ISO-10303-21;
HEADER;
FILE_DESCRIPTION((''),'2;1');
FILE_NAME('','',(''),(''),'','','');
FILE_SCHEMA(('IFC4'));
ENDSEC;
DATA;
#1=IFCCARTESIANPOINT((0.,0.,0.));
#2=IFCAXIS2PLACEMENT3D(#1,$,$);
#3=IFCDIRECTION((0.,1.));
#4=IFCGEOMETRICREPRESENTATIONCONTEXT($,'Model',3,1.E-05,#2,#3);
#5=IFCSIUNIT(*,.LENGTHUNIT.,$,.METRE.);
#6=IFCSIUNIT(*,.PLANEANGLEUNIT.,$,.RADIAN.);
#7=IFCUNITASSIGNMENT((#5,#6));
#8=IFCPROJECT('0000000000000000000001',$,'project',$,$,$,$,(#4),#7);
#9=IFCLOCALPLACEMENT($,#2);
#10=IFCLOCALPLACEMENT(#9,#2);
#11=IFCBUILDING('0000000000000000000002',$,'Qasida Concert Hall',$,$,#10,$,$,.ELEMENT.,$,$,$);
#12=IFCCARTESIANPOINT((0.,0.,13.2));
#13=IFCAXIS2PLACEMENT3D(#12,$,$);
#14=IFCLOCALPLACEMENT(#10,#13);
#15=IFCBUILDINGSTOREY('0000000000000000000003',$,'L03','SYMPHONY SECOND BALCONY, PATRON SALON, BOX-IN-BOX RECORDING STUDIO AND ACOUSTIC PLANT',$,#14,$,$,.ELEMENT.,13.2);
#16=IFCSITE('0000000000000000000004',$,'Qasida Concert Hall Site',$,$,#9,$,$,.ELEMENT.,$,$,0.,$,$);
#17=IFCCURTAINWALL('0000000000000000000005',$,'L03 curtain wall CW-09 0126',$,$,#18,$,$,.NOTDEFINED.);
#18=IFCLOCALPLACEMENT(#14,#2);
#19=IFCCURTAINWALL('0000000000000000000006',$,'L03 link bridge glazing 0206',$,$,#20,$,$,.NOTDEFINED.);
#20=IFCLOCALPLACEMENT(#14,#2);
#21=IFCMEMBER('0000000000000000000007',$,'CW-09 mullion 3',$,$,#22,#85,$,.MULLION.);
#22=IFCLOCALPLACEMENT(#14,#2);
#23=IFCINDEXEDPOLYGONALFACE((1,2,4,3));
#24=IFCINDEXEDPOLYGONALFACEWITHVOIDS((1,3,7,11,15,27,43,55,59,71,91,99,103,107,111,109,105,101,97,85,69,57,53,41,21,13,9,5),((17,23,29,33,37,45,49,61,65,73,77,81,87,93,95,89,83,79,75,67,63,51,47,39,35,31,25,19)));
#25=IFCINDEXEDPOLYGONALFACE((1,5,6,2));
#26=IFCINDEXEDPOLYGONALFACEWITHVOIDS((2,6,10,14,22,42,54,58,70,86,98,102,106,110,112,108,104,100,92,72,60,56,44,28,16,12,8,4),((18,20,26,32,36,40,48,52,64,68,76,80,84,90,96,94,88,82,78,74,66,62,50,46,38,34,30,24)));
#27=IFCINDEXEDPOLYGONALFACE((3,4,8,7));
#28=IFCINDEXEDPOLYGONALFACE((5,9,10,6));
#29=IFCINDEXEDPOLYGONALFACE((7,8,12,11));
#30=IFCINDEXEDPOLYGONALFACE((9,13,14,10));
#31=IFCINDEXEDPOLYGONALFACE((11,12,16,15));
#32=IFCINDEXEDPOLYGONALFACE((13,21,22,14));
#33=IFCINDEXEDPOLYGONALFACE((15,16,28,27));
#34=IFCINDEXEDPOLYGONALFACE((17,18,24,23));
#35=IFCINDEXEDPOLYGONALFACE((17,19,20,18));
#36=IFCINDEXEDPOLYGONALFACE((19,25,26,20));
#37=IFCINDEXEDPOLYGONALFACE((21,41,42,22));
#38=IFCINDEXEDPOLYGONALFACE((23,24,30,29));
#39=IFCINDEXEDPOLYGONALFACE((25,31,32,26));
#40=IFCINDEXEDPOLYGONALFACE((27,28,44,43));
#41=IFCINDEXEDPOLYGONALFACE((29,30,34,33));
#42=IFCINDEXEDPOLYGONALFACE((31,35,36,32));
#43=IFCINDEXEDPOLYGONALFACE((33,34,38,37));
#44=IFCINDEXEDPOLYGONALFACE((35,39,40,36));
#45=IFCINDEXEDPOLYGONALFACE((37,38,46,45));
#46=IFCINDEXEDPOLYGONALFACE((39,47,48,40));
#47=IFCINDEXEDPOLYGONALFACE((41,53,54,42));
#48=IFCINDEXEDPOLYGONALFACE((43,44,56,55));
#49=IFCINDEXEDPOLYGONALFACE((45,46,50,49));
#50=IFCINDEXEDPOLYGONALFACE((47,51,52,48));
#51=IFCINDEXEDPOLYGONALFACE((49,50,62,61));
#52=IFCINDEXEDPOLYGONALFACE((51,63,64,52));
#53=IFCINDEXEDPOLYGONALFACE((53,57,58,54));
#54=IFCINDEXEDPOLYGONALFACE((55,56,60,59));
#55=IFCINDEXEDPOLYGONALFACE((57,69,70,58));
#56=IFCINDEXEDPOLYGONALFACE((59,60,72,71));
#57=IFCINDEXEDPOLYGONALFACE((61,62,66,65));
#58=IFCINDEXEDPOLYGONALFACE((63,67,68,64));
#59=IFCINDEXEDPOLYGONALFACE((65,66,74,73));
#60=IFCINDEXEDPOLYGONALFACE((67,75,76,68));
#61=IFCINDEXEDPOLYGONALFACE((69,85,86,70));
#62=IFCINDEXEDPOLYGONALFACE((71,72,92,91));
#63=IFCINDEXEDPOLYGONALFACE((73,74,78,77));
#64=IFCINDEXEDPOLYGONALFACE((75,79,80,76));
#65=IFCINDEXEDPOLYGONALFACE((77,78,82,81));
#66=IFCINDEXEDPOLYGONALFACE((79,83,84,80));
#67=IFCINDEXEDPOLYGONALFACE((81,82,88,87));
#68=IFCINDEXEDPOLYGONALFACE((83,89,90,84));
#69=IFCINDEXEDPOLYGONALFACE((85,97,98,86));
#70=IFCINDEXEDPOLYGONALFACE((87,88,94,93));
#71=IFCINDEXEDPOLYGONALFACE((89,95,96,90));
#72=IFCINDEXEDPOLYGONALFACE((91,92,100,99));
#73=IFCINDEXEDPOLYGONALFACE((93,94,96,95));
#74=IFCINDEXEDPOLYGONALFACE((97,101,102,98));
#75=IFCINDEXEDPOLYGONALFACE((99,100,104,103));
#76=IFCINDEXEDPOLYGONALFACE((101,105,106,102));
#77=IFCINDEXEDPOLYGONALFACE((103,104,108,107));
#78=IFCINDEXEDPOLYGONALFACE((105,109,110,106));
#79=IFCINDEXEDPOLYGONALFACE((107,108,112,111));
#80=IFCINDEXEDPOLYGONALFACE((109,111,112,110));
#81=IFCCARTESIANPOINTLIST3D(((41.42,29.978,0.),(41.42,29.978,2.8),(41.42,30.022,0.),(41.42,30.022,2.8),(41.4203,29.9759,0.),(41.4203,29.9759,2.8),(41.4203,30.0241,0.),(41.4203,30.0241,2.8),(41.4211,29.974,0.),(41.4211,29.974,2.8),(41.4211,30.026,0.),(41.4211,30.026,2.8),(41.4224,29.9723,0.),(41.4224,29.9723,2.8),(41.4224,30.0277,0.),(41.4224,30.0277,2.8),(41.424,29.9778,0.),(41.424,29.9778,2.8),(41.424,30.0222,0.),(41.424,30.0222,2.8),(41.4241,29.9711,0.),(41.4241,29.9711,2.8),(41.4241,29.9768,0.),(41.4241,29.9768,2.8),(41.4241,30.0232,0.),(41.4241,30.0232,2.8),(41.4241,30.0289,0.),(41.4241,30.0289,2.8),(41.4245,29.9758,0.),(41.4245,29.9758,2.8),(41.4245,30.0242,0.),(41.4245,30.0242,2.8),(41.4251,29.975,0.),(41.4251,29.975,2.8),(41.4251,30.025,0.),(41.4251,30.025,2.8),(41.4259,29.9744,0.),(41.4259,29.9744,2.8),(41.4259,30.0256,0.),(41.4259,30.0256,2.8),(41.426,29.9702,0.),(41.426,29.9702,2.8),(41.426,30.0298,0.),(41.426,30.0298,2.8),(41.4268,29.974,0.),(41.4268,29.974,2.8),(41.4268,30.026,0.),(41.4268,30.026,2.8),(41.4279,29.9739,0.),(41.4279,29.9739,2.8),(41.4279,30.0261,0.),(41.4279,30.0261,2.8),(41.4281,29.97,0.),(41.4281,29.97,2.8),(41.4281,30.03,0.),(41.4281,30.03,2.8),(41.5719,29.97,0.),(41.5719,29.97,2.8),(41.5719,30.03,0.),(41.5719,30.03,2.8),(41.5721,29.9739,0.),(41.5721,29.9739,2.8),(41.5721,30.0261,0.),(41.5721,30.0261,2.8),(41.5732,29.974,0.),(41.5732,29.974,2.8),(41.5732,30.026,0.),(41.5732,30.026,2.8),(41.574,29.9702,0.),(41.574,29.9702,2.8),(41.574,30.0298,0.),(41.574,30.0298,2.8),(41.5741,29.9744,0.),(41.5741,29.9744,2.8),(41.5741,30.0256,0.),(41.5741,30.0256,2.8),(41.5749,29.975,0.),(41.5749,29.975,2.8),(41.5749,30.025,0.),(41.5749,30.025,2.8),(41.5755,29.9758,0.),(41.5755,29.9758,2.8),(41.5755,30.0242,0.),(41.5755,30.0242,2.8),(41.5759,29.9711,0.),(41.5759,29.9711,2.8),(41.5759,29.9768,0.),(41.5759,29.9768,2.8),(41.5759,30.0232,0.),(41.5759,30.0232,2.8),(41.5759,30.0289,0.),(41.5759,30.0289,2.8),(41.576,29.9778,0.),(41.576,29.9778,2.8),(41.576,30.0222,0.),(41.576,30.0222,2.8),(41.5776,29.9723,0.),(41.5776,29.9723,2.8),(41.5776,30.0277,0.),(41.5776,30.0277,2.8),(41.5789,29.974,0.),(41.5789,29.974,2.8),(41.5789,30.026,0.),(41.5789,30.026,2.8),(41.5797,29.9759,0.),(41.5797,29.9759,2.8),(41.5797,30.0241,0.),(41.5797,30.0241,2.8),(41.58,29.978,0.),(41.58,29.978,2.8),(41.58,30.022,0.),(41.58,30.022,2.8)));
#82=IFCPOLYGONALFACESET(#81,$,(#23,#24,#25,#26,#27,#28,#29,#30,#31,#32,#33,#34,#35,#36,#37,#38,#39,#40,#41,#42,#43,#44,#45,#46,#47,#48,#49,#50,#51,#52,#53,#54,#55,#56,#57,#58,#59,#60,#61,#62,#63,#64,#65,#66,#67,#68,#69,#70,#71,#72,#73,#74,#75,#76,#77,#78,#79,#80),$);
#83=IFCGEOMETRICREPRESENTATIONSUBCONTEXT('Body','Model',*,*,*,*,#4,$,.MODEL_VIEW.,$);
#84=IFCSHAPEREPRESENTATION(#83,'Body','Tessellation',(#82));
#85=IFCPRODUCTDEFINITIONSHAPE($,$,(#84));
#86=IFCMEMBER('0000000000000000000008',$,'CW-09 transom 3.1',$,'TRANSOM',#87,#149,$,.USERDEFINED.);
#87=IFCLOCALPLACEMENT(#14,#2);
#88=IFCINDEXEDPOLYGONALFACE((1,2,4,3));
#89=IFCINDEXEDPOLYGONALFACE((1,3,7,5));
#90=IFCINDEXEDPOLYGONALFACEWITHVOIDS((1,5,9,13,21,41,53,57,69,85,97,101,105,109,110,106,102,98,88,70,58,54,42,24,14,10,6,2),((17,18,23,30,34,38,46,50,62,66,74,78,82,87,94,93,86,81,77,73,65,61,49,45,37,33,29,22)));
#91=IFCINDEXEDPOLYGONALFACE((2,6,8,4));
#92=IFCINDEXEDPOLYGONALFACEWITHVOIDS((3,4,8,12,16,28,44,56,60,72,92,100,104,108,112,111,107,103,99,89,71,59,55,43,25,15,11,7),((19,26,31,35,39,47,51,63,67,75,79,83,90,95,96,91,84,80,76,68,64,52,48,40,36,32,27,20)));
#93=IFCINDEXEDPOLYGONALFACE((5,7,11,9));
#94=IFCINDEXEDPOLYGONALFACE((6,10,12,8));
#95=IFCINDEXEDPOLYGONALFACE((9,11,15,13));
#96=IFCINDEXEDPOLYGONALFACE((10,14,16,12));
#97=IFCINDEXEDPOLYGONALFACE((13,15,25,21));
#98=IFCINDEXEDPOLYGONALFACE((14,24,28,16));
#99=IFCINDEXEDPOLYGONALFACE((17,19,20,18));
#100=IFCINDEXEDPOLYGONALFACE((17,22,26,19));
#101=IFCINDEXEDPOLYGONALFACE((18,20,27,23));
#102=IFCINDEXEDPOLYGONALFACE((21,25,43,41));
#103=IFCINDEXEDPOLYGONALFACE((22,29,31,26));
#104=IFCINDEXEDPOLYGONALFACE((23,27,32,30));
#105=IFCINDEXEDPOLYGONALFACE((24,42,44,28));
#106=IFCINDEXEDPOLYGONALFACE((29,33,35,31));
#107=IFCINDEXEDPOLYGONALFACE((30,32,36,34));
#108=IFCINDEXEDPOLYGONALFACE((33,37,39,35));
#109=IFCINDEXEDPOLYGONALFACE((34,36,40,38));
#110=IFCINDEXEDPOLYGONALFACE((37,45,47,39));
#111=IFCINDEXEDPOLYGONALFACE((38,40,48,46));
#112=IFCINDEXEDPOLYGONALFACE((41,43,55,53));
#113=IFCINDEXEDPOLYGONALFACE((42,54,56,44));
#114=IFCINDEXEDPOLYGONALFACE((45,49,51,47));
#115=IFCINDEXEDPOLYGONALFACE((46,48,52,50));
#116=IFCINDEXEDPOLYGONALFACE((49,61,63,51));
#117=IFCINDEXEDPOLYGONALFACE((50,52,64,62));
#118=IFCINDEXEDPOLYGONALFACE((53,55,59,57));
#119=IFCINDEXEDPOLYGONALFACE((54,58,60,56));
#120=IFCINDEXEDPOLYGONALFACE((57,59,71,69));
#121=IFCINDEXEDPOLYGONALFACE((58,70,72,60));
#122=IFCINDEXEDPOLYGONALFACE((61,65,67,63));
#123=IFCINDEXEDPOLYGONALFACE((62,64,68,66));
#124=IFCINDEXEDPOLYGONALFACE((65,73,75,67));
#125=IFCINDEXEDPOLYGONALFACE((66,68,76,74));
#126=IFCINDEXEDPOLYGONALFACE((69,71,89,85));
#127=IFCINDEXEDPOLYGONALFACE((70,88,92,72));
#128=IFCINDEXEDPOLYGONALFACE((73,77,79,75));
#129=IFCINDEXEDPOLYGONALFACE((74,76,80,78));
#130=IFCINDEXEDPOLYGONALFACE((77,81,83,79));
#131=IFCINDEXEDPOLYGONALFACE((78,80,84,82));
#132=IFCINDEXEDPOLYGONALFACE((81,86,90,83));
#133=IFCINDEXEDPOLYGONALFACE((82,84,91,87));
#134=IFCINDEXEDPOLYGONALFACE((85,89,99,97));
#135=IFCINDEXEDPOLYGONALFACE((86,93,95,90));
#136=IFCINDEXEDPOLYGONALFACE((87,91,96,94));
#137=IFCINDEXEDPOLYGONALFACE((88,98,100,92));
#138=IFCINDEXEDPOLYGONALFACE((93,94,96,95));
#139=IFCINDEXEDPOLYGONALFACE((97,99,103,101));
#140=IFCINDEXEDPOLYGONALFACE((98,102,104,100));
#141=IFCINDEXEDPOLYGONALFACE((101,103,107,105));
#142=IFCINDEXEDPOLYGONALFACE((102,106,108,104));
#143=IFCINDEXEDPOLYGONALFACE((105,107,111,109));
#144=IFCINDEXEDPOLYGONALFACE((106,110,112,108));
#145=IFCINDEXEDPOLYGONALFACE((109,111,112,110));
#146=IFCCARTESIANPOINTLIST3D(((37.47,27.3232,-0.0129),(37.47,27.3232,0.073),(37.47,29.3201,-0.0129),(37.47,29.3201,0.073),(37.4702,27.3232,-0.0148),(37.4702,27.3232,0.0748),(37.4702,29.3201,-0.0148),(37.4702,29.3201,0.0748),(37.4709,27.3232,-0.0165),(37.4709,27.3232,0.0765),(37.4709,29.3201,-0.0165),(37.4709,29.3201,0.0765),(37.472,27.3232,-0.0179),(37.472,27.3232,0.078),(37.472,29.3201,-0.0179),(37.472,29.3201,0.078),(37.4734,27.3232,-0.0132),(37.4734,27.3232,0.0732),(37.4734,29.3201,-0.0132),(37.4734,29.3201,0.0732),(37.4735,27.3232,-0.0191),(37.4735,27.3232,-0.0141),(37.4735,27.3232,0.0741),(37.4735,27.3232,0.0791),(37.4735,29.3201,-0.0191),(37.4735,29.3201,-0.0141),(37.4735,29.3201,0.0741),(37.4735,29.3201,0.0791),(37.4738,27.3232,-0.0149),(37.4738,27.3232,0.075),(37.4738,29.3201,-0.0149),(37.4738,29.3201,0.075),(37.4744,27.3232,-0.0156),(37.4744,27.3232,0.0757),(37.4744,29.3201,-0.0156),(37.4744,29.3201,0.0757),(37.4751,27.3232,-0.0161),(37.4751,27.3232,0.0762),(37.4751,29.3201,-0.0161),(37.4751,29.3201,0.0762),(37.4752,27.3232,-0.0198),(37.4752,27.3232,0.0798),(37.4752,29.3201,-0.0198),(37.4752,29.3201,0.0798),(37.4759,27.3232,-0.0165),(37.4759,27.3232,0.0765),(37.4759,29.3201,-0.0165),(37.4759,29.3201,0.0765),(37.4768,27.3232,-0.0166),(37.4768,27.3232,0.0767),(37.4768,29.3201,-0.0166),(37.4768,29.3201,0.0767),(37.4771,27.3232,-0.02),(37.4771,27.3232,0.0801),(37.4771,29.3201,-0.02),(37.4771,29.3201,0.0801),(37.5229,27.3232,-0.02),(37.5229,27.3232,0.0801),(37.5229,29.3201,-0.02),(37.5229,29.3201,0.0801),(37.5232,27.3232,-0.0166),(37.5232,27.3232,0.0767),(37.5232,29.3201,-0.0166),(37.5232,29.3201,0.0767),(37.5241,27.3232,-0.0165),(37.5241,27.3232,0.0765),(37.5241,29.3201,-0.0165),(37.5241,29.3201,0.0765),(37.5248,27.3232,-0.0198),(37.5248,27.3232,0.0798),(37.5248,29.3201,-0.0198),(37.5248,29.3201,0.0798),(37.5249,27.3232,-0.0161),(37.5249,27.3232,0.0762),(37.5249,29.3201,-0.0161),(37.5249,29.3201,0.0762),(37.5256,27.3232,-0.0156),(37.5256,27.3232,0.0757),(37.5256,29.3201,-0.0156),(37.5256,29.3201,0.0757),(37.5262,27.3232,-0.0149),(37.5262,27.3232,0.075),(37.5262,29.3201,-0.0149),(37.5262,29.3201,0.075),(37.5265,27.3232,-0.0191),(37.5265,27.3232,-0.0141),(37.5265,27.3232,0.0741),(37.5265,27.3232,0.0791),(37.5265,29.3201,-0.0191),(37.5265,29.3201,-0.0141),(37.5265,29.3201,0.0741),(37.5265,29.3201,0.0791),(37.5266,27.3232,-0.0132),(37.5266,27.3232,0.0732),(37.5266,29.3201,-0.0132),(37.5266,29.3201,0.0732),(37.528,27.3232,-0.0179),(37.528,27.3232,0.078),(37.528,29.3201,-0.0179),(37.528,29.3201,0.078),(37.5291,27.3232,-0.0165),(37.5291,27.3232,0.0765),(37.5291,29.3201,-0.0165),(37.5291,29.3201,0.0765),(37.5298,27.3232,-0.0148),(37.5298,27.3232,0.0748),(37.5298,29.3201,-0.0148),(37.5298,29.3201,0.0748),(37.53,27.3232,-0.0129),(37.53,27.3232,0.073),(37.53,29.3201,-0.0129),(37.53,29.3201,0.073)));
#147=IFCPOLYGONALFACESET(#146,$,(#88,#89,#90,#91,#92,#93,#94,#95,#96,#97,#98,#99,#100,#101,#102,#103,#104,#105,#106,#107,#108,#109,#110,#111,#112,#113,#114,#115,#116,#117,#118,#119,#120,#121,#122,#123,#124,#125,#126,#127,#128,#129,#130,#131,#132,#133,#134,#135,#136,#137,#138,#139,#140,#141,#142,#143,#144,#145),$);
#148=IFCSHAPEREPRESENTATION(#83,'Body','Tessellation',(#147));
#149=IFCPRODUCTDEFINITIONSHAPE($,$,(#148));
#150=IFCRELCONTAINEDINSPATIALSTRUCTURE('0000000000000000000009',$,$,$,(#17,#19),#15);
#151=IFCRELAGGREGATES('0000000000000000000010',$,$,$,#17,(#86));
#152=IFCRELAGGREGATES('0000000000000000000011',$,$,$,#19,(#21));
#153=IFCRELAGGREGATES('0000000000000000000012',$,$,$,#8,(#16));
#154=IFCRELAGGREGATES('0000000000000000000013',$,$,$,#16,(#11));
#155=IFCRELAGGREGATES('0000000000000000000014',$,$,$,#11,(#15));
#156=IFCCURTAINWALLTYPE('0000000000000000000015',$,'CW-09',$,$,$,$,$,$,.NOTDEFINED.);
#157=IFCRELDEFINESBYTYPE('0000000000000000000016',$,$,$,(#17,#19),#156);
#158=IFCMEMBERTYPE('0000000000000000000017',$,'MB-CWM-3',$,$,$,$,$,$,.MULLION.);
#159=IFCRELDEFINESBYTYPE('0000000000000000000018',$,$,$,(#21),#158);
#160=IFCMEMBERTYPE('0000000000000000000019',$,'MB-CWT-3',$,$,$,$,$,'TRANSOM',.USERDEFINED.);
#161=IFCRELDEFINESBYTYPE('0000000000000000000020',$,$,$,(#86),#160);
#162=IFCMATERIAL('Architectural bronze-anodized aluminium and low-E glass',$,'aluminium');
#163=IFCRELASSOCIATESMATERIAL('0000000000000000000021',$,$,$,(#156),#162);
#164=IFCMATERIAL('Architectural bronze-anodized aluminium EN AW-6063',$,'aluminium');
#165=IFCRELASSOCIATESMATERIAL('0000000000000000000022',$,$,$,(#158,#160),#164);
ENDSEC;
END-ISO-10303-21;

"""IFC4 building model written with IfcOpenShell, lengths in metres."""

from ifc_helpers import new_model, si_unit, direction, frame, origin, origin_2d, place, context, subcontext, project, spatial, hollow_rectangle, extrude, material, material_profile, profile_set, type_object, element, aggregate, save


model = new_model("IFC4")

# Units and contexts
model_context = context("Model", 3, precision=1e-05, world=origin(), true_north=direction((0.0, 1.0)))
body_context = subcontext(model_context, "Body", "Model", "MODEL_VIEW")
ifc_project = project(units=[si_unit("LENGTHUNIT", "METRE"), si_unit("PLANEANGLEUNIT", "RADIAN")], contexts=[model_context])

# Site, building, storey
site_placement = place(None, origin())
site = spatial("IfcSite", under=ifc_project, at=site_placement, Name="Qasida Concert Hall Site", CompositionType="ELEMENT", RefElevation=0.0)
building_placement = place(site_placement, origin())
building = spatial("IfcBuilding", under=site, at=building_placement, Name="Qasida Concert Hall", CompositionType="ELEMENT")
storey_placement = place(building_placement, frame((0.0, 0.0, 13.2)))
storey = spatial("IfcBuildingStorey", under=building, at=storey_placement, Name="L03", Description="SYMPHONY SECOND BALCONY, PATRON SALON, BOX-IN-BOX RECORDING STUDIO AND ACOUSTIC PLANT", CompositionType="ELEMENT", Elevation=13.2)

# Curtain walls, member
ifc_material_1 = material(Name="Architectural bronze-anodized aluminium and low-E glass", Category="aluminium")
curtain_wall_type = type_object("IfcCurtainWallType", Name="CW-09", PredefinedType="NOTDEFINED", material=ifc_material_1)
curtain_wall_1_placement = place(storey_placement, origin())
curtain_wall_1 = element("IfcCurtainWall", 1, at=curtain_wall_1_placement, inside=storey, type_object=curtain_wall_type, Name="L03 curtain wall CW-09 0126", PredefinedType="NOTDEFINED")
ifc_material_2 = material(Name="Architectural bronze-anodized aluminium EN AW-6063", Category="aluminium")
ifc_material_profile_1 = material_profile(ifc_material_2, hollow_rectangle(XDim=0.0601, YDim=0.1599, WallThickness=0.0039, InnerFilletRadius=0.0039, OuterFilletRadius=0.0081, at=origin_2d()), Name="CWM 160x60x4")
ifc_profile_set_1 = profile_set([ifc_material_profile_1], Name="Architectural bronze-anodized aluminium EN AW-6063")
member_type_1 = type_object("IfcMemberType", Name="MB-CWM-3", PredefinedType="MULLION", material=ifc_profile_set_1)
curtain_wall_2_placement = place(storey_placement, origin())
curtain_wall_2 = element("IfcCurtainWall", 2, at=curtain_wall_2_placement, inside=storey, type_object=curtain_wall_type, Name="L03 link bridge glazing 0206", PredefinedType="NOTDEFINED")
member_1_placement = place(storey_placement, frame((41.5, 30.0, 0.0), z_axis=(0.0, 0.0, 1.0), x_axis=(0.0, 1.0, 0.0)))
member_1 = element("IfcMember", 3, at=member_1_placement, type_object=member_type_1, Name="CW-09 mullion 3", PredefinedType="MULLION", context=body_context, shape_type="SweptSolid", body=[
    extrude(hollow_rectangle(XDim=0.0601, YDim=0.1599, WallThickness=0.0039, InnerFilletRadius=0.0039, OuterFilletRadius=0.0081, at=origin_2d()), origin(), (0.0, 0.0, 1.0), 2.8),
])

# Member
ifc_material_profile_2 = material_profile(ifc_material_2, hollow_rectangle(XDim=0.0601, YDim=0.1001, WallThickness=0.0034, InnerFilletRadius=0.0034, OuterFilletRadius=0.0071, at=origin_2d()), Name="CWT 100x60x3.5")
ifc_profile_set_2 = profile_set([ifc_material_profile_2], Name="Architectural bronze-anodized aluminium EN AW-6063")
member_type_2 = type_object("IfcMemberType", Name="MB-CWT-3", ElementType="TRANSOM", PredefinedType="USERDEFINED", material=ifc_profile_set_2)
member_2_placement = place(storey_placement, frame((37.5, 27.3232, 0.03), z_axis=(0.0, 1.0, 0.0), x_axis=(-1.0, 0.0, 0.0)))
member_2 = element("IfcMember", 4, at=member_2_placement, type_object=member_type_2, Name="CW-09 transom 3.1", ObjectType="TRANSOM", PredefinedType="USERDEFINED", context=body_context, shape_type="SweptSolid", body=[
    extrude(hollow_rectangle(XDim=0.0601, YDim=0.1001, WallThickness=0.0034, InnerFilletRadius=0.0034, OuterFilletRadius=0.0071, at=origin_2d()), origin(), (0.0, 0.0, 1.0), 1.9968),
])

aggregate(curtain_wall_1, [member_2])
aggregate(curtain_wall_2, [member_1])

save(model, "model.ifc")
